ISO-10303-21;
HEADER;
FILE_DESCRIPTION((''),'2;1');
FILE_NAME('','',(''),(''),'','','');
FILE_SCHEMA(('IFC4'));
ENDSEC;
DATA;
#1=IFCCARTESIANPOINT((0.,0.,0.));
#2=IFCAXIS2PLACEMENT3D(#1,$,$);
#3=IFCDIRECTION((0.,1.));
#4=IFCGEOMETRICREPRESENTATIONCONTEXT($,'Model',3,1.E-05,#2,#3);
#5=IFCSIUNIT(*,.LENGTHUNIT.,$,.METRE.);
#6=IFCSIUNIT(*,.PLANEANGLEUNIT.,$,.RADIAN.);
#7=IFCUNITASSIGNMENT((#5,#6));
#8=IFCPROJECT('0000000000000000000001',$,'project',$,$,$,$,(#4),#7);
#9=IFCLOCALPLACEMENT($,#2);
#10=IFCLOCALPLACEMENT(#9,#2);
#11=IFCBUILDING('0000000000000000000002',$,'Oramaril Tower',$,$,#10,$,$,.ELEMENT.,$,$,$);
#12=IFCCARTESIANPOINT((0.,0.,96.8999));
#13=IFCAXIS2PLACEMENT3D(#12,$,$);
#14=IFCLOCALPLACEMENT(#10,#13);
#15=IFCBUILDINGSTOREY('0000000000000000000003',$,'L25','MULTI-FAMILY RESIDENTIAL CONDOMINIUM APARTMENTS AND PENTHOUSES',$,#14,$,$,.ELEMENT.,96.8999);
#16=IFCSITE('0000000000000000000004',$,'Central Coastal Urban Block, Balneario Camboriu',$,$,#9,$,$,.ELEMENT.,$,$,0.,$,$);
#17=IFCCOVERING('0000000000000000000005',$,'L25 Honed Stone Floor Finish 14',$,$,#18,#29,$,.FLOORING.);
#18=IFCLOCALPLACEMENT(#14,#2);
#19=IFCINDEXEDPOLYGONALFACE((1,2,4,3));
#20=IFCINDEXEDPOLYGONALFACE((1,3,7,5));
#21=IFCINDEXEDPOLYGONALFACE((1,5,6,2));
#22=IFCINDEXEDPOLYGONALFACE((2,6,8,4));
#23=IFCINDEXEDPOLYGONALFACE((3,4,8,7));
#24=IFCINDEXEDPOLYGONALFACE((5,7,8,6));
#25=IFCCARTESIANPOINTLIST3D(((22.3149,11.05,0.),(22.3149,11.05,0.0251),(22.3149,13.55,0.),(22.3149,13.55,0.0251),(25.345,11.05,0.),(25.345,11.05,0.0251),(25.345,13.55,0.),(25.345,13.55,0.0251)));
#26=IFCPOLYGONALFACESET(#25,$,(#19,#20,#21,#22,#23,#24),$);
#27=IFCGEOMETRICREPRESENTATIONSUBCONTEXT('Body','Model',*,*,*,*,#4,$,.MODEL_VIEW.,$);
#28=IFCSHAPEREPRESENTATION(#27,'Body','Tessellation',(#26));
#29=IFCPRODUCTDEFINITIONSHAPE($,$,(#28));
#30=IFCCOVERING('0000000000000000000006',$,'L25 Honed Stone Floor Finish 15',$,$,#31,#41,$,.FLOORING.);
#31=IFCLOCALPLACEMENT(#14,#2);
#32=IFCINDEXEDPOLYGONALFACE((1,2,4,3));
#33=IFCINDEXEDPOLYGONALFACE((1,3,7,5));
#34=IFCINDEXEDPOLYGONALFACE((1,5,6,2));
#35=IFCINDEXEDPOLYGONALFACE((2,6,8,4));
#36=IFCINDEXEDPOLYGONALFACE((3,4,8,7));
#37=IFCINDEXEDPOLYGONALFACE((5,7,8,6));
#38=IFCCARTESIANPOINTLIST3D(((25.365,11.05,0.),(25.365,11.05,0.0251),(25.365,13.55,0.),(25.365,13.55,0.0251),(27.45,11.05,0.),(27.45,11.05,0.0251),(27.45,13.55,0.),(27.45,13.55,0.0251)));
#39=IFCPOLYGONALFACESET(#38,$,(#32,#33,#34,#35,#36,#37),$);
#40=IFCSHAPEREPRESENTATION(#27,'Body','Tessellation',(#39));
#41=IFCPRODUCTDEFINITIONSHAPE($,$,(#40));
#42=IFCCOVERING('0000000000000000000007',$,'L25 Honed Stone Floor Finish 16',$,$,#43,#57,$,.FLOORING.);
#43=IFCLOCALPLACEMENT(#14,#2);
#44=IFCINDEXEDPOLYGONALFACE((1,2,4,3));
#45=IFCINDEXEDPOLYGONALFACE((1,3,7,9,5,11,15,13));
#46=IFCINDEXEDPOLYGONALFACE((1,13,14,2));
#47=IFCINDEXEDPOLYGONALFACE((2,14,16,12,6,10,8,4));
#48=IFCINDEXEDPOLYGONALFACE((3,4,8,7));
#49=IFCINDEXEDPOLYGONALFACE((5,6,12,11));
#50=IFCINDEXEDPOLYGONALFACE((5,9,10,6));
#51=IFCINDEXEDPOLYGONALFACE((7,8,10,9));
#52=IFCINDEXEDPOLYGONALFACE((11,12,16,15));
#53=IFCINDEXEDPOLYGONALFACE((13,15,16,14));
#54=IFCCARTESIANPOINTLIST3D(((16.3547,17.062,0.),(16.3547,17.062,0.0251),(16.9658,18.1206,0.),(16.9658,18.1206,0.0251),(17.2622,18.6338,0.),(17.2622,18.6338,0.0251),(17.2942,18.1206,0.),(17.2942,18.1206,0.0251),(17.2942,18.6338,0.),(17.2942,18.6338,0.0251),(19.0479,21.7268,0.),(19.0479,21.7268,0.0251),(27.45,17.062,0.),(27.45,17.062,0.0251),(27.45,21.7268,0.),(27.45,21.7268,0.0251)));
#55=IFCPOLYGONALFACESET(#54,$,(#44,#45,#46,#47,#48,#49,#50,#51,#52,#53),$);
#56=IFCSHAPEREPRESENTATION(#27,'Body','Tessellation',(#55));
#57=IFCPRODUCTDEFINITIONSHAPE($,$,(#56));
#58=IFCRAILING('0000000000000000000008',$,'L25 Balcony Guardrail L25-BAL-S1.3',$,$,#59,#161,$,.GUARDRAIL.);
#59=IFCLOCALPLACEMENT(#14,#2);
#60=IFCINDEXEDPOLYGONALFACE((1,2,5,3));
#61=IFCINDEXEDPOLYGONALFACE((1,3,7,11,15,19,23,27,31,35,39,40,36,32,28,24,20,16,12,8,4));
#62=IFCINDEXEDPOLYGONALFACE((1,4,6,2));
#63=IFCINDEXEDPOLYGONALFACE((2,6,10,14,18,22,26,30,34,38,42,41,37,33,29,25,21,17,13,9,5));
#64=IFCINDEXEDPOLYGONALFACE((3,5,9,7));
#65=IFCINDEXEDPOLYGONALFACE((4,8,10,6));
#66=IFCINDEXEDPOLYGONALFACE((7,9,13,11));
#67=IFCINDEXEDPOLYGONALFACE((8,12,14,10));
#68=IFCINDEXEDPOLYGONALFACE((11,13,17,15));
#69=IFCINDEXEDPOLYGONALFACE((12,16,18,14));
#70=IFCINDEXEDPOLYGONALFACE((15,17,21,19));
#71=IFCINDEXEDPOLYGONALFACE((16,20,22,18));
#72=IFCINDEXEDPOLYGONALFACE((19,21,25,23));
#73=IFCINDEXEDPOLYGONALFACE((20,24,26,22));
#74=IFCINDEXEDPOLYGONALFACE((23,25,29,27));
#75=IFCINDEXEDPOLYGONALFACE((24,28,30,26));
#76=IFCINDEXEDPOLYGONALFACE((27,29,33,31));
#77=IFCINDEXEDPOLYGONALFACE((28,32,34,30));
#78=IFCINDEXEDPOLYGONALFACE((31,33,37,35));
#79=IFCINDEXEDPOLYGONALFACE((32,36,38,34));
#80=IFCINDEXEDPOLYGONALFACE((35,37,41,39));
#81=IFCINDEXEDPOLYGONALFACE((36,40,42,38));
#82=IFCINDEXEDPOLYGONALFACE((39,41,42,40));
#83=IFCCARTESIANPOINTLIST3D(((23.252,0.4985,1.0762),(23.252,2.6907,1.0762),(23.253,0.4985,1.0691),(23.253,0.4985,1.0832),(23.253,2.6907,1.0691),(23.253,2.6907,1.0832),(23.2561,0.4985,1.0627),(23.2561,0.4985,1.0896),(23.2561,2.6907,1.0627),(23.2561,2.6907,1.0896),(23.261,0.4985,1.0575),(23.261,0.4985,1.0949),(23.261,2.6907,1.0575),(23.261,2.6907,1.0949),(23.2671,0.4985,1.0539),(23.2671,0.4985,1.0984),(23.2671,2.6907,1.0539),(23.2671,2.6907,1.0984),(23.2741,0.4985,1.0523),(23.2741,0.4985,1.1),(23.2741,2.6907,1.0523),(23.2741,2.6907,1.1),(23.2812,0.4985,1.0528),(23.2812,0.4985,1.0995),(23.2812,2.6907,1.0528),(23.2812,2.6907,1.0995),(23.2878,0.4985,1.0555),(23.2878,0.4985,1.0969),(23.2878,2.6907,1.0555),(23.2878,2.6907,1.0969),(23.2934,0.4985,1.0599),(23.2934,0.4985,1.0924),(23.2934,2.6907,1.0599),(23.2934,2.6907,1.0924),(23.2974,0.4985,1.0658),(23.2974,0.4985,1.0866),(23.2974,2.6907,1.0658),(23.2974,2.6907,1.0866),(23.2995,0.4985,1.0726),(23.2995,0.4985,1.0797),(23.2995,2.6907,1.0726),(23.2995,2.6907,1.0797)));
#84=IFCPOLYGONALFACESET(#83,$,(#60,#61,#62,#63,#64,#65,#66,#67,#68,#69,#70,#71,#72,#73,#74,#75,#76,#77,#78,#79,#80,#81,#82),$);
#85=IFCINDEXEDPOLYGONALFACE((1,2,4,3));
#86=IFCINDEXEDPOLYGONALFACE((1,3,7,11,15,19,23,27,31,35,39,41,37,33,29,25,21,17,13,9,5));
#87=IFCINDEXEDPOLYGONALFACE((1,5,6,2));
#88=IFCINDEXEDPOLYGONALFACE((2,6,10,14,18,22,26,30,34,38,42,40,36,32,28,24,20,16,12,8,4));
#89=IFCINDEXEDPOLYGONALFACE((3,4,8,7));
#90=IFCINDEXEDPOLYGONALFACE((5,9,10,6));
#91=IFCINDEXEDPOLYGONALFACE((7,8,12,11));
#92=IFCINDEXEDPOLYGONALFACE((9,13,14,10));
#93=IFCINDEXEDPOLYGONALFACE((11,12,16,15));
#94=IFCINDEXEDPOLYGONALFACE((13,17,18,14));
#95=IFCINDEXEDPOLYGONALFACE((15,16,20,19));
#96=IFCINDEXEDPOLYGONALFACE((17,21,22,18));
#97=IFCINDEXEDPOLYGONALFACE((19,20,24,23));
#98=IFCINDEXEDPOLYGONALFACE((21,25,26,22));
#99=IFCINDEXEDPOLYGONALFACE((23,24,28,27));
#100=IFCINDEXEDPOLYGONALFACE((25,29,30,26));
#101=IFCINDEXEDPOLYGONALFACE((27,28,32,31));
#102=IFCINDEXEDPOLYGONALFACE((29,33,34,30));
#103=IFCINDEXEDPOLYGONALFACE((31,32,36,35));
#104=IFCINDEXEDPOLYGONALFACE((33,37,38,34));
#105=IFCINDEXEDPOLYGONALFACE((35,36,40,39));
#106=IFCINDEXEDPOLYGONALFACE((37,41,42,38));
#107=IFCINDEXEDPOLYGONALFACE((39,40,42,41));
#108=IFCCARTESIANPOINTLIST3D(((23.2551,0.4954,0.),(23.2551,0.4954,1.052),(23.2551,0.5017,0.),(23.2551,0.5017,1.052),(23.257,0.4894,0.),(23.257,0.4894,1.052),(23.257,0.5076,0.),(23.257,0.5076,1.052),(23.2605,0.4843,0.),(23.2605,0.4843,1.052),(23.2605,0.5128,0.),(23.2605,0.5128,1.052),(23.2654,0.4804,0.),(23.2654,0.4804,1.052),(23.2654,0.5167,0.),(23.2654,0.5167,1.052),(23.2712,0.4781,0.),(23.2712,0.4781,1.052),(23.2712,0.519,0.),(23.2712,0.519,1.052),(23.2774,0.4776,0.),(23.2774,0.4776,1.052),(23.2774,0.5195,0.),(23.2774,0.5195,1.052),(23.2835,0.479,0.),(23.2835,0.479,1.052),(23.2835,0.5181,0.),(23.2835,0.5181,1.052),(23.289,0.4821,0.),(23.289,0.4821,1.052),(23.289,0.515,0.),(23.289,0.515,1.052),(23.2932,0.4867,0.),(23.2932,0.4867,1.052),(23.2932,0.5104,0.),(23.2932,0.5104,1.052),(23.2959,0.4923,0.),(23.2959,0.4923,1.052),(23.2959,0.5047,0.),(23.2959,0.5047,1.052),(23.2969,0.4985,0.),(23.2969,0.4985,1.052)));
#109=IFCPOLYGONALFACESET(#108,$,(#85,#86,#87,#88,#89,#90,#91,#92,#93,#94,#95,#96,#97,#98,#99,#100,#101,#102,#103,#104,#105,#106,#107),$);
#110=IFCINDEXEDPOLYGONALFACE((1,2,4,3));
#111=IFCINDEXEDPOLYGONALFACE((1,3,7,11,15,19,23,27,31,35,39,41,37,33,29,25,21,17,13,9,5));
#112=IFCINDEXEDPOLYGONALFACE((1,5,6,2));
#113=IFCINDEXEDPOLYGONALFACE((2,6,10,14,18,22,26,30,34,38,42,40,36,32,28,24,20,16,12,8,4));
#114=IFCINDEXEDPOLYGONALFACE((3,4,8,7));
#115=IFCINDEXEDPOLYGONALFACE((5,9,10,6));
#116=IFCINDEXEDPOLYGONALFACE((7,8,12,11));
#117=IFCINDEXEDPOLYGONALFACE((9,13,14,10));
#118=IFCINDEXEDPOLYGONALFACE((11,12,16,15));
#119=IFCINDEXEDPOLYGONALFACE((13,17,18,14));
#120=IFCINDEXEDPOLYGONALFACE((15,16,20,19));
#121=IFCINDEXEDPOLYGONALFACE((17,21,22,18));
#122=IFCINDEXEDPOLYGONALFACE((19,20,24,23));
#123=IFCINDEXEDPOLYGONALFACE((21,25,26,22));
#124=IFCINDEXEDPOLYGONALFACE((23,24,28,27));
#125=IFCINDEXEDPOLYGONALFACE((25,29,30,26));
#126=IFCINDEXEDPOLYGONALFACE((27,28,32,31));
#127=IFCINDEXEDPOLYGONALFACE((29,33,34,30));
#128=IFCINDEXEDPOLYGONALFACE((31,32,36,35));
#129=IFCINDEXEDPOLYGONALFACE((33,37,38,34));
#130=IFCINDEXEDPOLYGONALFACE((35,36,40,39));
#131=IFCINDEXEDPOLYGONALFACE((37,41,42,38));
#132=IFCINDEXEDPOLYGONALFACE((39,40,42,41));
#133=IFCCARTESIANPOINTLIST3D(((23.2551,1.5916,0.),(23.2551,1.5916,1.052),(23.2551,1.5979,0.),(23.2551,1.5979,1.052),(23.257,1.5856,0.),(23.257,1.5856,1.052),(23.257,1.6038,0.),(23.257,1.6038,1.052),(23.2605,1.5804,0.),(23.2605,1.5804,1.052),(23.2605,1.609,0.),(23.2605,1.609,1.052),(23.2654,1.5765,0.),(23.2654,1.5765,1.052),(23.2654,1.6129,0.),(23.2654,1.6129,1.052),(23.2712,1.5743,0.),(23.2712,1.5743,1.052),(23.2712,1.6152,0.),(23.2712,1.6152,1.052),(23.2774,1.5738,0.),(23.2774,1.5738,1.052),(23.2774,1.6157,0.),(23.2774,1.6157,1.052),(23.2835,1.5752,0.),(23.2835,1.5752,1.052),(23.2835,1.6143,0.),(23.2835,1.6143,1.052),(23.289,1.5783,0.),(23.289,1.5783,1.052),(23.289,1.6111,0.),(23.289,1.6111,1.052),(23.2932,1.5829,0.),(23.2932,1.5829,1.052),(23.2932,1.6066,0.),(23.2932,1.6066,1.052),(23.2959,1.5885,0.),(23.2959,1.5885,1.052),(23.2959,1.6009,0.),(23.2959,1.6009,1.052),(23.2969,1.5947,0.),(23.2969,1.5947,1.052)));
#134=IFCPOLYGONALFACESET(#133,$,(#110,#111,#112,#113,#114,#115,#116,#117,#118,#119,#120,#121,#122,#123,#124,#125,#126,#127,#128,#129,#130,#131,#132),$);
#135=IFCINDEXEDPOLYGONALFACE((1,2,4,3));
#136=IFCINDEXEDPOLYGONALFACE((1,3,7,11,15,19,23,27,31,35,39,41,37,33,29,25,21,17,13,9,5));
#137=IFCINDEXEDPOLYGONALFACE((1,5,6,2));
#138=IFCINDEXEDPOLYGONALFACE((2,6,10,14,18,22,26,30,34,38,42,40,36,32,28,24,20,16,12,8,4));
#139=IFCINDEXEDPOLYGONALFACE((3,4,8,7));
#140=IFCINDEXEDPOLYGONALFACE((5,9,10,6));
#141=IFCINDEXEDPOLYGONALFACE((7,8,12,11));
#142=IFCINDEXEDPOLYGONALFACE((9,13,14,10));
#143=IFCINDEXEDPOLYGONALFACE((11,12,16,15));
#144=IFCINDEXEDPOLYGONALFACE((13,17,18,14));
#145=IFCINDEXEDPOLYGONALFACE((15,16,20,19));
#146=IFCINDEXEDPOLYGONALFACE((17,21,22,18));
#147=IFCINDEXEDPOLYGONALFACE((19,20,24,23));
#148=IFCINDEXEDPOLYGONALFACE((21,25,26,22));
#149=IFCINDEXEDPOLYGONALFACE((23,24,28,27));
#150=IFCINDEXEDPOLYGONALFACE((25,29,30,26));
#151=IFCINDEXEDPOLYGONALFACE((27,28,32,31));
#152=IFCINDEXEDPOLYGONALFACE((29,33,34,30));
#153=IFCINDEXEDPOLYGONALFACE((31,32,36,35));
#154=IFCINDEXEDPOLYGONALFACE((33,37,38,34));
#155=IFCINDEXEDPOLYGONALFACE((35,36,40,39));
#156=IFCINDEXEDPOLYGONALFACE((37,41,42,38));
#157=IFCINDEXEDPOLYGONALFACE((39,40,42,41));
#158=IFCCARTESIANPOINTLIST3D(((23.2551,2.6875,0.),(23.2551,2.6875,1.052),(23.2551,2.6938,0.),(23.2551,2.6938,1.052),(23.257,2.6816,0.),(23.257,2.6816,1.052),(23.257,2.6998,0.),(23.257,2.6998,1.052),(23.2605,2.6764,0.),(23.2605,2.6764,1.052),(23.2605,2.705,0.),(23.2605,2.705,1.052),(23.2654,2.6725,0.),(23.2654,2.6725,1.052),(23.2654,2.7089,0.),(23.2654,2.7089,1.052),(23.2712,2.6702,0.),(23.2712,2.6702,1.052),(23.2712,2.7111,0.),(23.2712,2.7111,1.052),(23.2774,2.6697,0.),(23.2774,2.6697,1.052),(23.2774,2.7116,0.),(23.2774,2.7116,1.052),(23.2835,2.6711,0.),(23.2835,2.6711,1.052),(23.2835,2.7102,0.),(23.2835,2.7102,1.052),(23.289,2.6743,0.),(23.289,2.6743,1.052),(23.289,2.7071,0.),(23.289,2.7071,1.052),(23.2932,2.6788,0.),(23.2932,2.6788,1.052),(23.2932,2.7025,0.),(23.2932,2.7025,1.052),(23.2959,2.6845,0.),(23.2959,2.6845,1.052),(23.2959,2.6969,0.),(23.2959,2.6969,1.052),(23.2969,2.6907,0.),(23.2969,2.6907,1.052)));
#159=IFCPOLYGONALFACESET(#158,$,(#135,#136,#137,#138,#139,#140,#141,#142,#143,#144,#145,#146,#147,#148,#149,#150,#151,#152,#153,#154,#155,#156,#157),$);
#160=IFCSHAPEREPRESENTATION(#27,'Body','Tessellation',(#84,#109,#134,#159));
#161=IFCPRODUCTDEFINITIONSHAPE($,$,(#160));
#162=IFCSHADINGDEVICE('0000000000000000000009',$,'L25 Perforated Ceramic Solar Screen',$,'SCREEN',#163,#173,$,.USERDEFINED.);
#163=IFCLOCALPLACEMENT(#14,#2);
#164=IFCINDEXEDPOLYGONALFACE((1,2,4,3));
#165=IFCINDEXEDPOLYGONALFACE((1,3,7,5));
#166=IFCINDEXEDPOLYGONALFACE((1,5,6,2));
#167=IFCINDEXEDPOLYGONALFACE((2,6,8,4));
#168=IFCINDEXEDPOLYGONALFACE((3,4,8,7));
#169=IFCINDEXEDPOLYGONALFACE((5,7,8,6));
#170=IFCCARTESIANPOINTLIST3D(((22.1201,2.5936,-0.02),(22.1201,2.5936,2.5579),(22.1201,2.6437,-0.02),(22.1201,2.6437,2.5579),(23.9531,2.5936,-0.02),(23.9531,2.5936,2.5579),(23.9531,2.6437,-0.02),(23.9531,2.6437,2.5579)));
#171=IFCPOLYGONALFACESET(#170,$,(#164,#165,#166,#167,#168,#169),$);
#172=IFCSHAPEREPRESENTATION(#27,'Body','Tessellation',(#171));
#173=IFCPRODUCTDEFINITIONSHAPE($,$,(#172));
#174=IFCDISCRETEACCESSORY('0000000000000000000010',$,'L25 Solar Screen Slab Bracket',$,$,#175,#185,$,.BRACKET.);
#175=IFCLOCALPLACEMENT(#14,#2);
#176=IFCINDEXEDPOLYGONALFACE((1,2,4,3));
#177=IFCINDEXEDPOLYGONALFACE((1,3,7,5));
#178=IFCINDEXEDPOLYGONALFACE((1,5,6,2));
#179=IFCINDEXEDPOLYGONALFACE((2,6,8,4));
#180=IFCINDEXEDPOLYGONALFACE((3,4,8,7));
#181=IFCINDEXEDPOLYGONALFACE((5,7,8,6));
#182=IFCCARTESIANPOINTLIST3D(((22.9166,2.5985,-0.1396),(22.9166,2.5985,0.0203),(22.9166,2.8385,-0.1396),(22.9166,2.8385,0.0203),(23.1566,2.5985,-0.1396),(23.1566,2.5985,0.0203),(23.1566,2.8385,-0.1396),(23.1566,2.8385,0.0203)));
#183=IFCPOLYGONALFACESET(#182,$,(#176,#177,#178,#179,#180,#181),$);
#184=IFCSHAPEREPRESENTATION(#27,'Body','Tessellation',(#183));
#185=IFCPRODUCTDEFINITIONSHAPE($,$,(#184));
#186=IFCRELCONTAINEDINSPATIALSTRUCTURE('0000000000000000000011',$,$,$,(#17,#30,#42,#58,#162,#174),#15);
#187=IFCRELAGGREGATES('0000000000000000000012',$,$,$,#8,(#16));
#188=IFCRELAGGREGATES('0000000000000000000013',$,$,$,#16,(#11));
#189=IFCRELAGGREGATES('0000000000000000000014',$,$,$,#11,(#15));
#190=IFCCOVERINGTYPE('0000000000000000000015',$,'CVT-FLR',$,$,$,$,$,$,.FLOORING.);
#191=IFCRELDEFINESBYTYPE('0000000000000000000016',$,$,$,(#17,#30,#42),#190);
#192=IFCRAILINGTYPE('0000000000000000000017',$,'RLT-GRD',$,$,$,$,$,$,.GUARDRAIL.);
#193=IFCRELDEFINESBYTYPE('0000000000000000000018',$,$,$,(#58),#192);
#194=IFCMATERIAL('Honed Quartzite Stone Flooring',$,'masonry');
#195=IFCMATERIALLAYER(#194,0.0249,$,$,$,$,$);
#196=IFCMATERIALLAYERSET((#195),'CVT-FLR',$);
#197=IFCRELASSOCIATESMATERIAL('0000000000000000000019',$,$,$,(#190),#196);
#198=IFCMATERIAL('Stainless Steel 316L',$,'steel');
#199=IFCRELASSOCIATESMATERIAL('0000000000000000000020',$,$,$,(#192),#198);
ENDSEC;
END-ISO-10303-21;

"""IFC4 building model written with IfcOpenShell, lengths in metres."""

from ifc_helpers import new_model, si_unit, direction, frame, origin, origin_2d, place, context, subcontext, project, spatial, polyline, rectangle, circle, outline, extrude, material, layer, layer_set, type_object, element, save


model = new_model("IFC4")

# Units and contexts
model_context = context("Model", 3, precision=1e-05, world=origin(), true_north=direction((0.0, 1.0)))
body_context = subcontext(model_context, "Body", "Model", "MODEL_VIEW")
ifc_project = project(units=[si_unit("LENGTHUNIT", "METRE"), si_unit("PLANEANGLEUNIT", "RADIAN")], contexts=[model_context])

# Site, building, storey
site_placement = place(None, origin())
site = spatial("IfcSite", under=ifc_project, at=site_placement, Name="Central Coastal Urban Block, Balneario Camboriu", CompositionType="ELEMENT", RefElevation=0.0)
building_placement = place(site_placement, origin())
building = spatial("IfcBuilding", under=site, at=building_placement, Name="Oramaril Tower", CompositionType="ELEMENT")
storey_placement = place(building_placement, frame((0.0, 0.0, 96.8999)))
storey = spatial("IfcBuildingStorey", under=building, at=storey_placement, Name="L25", Description="MULTI-FAMILY RESIDENTIAL CONDOMINIUM APARTMENTS AND PENTHOUSES", CompositionType="ELEMENT", Elevation=96.8999)

# Coverings
ifc_material_1 = material(Name="Honed Quartzite Stone Flooring", Category="masonry")
ifc_layer_1 = layer(ifc_material_1, 0.0249)
ifc_layer_set_1 = layer_set([ifc_layer_1], Name="CVT-FLR")
covering_type_1 = type_object("IfcCoveringType", Name="CVT-FLR", PredefinedType="FLOORING", material=ifc_layer_set_1)
covering_1_placement = place(storey_placement, origin())
element("IfcCovering", 1, at=covering_1_placement, inside=storey, type_object=covering_type_1, Name="L25 Honed Stone Floor Finish 14", PredefinedType="FLOORING", context=body_context, shape_type="SweptSolid", body=[
    extrude(outline(polyline([(25.345, 11.05), (22.3149, 11.05), (22.3149, 13.55), (25.345, 13.55), (25.345, 11.05)])), origin(), (0.0, 0.0, 1.0), 0.0251),
])
covering_2_placement = place(storey_placement, origin())
element("IfcCovering", 2, at=covering_2_placement, inside=storey, type_object=covering_type_1, Name="L25 Honed Stone Floor Finish 15", PredefinedType="FLOORING", context=body_context, shape_type="SweptSolid", body=[
    extrude(outline(polyline([(25.365, 13.55), (27.45, 13.55), (27.45, 11.05), (25.365, 11.05), (25.365, 13.55)])), origin(), (0.0, 0.0, 1.0), 0.0251),
])
covering_3_placement = place(storey_placement, origin())
element("IfcCovering", 3, at=covering_3_placement, inside=storey, type_object=covering_type_1, Name="L25 Honed Stone Floor Finish 16", PredefinedType="FLOORING", context=body_context, shape_type="SweptSolid", body=[
    extrude(outline(polyline([(16.9658, 18.1206), (17.2942, 18.1206), (17.2942, 18.6338), (17.2622, 18.6338), (19.0479, 21.7268), (27.45, 21.7268), (27.45, 17.062), (16.3547, 17.062), (16.9658, 18.1206)])), origin(), (0.0, 0.0, 1.0), 0.0251),
])

# Railing
ifc_material_2 = material(Name="Stainless Steel 316L", Category="steel")
railing_type = type_object("IfcRailingType", Name="RLT-GRD", PredefinedType="GUARDRAIL", material=ifc_material_2)
railing_placement = place(storey_placement, frame((23.2759, 0.4985, 0.0)))
element("IfcRailing", 4, at=railing_placement, inside=storey, type_object=railing_type, Name="L25 Balcony Guardrail L25-BAL-S1.3", PredefinedType="GUARDRAIL", context=body_context, shape_type="SweptSolid", body=[
    extrude(circle(Radius=0.0239, at=origin_2d()), frame((0.0, 0.0, 1.0762), z_axis=(0.0, 1.0, 0.0), x_axis=(-1.0, 0.0, 0.0)), (0.0, 0.0, 1.0), 2.1921),
    extrude(circle(Radius=0.021, at=origin_2d()), origin(), (0.0, 0.0, 1.0), 1.052),
    extrude(circle(Radius=0.021, at=origin_2d()), frame((0.0, 1.0962, 0.0)), (0.0, 0.0, 1.0), 1.052),
    extrude(circle(Radius=0.021, at=origin_2d()), frame((0.0, 2.1921, 0.0)), (0.0, 0.0, 1.0), 1.052),
])

# Shading device
shading_device_placement = place(storey_placement, frame((23.0366, 2.6187, -0.02), z_axis=(0.0, 0.0, 1.0), x_axis=(1.0, 0.0, 0.0)))
element("IfcShadingDevice", 5, at=shading_device_placement, inside=storey, Name="L25 Perforated Ceramic Solar Screen", ObjectType="SCREEN", PredefinedType="USERDEFINED", context=body_context, shape_type="SweptSolid", body=[
    extrude(rectangle(XDim=1.833, YDim=0.05, at=origin_2d()), origin(), (0.0, 0.0, 1.0), 2.5779),
])

# Discrete accessory
discrete_accessory_placement = place(storey_placement, frame((23.0366, 2.7185, -0.1396), z_axis=(0.0, 0.0, 1.0), x_axis=(1.0, 0.0, 0.0)))
element("IfcDiscreteAccessory", 6, at=discrete_accessory_placement, inside=storey, Name="L25 Solar Screen Slab Bracket", PredefinedType="BRACKET", context=body_context, shape_type="SweptSolid", body=[
    extrude(rectangle(XDim=0.24, YDim=0.24, at=origin_2d()), origin(), (0.0, 0.0, 1.0), 0.1599),
])

save(model, "model.ifc")
